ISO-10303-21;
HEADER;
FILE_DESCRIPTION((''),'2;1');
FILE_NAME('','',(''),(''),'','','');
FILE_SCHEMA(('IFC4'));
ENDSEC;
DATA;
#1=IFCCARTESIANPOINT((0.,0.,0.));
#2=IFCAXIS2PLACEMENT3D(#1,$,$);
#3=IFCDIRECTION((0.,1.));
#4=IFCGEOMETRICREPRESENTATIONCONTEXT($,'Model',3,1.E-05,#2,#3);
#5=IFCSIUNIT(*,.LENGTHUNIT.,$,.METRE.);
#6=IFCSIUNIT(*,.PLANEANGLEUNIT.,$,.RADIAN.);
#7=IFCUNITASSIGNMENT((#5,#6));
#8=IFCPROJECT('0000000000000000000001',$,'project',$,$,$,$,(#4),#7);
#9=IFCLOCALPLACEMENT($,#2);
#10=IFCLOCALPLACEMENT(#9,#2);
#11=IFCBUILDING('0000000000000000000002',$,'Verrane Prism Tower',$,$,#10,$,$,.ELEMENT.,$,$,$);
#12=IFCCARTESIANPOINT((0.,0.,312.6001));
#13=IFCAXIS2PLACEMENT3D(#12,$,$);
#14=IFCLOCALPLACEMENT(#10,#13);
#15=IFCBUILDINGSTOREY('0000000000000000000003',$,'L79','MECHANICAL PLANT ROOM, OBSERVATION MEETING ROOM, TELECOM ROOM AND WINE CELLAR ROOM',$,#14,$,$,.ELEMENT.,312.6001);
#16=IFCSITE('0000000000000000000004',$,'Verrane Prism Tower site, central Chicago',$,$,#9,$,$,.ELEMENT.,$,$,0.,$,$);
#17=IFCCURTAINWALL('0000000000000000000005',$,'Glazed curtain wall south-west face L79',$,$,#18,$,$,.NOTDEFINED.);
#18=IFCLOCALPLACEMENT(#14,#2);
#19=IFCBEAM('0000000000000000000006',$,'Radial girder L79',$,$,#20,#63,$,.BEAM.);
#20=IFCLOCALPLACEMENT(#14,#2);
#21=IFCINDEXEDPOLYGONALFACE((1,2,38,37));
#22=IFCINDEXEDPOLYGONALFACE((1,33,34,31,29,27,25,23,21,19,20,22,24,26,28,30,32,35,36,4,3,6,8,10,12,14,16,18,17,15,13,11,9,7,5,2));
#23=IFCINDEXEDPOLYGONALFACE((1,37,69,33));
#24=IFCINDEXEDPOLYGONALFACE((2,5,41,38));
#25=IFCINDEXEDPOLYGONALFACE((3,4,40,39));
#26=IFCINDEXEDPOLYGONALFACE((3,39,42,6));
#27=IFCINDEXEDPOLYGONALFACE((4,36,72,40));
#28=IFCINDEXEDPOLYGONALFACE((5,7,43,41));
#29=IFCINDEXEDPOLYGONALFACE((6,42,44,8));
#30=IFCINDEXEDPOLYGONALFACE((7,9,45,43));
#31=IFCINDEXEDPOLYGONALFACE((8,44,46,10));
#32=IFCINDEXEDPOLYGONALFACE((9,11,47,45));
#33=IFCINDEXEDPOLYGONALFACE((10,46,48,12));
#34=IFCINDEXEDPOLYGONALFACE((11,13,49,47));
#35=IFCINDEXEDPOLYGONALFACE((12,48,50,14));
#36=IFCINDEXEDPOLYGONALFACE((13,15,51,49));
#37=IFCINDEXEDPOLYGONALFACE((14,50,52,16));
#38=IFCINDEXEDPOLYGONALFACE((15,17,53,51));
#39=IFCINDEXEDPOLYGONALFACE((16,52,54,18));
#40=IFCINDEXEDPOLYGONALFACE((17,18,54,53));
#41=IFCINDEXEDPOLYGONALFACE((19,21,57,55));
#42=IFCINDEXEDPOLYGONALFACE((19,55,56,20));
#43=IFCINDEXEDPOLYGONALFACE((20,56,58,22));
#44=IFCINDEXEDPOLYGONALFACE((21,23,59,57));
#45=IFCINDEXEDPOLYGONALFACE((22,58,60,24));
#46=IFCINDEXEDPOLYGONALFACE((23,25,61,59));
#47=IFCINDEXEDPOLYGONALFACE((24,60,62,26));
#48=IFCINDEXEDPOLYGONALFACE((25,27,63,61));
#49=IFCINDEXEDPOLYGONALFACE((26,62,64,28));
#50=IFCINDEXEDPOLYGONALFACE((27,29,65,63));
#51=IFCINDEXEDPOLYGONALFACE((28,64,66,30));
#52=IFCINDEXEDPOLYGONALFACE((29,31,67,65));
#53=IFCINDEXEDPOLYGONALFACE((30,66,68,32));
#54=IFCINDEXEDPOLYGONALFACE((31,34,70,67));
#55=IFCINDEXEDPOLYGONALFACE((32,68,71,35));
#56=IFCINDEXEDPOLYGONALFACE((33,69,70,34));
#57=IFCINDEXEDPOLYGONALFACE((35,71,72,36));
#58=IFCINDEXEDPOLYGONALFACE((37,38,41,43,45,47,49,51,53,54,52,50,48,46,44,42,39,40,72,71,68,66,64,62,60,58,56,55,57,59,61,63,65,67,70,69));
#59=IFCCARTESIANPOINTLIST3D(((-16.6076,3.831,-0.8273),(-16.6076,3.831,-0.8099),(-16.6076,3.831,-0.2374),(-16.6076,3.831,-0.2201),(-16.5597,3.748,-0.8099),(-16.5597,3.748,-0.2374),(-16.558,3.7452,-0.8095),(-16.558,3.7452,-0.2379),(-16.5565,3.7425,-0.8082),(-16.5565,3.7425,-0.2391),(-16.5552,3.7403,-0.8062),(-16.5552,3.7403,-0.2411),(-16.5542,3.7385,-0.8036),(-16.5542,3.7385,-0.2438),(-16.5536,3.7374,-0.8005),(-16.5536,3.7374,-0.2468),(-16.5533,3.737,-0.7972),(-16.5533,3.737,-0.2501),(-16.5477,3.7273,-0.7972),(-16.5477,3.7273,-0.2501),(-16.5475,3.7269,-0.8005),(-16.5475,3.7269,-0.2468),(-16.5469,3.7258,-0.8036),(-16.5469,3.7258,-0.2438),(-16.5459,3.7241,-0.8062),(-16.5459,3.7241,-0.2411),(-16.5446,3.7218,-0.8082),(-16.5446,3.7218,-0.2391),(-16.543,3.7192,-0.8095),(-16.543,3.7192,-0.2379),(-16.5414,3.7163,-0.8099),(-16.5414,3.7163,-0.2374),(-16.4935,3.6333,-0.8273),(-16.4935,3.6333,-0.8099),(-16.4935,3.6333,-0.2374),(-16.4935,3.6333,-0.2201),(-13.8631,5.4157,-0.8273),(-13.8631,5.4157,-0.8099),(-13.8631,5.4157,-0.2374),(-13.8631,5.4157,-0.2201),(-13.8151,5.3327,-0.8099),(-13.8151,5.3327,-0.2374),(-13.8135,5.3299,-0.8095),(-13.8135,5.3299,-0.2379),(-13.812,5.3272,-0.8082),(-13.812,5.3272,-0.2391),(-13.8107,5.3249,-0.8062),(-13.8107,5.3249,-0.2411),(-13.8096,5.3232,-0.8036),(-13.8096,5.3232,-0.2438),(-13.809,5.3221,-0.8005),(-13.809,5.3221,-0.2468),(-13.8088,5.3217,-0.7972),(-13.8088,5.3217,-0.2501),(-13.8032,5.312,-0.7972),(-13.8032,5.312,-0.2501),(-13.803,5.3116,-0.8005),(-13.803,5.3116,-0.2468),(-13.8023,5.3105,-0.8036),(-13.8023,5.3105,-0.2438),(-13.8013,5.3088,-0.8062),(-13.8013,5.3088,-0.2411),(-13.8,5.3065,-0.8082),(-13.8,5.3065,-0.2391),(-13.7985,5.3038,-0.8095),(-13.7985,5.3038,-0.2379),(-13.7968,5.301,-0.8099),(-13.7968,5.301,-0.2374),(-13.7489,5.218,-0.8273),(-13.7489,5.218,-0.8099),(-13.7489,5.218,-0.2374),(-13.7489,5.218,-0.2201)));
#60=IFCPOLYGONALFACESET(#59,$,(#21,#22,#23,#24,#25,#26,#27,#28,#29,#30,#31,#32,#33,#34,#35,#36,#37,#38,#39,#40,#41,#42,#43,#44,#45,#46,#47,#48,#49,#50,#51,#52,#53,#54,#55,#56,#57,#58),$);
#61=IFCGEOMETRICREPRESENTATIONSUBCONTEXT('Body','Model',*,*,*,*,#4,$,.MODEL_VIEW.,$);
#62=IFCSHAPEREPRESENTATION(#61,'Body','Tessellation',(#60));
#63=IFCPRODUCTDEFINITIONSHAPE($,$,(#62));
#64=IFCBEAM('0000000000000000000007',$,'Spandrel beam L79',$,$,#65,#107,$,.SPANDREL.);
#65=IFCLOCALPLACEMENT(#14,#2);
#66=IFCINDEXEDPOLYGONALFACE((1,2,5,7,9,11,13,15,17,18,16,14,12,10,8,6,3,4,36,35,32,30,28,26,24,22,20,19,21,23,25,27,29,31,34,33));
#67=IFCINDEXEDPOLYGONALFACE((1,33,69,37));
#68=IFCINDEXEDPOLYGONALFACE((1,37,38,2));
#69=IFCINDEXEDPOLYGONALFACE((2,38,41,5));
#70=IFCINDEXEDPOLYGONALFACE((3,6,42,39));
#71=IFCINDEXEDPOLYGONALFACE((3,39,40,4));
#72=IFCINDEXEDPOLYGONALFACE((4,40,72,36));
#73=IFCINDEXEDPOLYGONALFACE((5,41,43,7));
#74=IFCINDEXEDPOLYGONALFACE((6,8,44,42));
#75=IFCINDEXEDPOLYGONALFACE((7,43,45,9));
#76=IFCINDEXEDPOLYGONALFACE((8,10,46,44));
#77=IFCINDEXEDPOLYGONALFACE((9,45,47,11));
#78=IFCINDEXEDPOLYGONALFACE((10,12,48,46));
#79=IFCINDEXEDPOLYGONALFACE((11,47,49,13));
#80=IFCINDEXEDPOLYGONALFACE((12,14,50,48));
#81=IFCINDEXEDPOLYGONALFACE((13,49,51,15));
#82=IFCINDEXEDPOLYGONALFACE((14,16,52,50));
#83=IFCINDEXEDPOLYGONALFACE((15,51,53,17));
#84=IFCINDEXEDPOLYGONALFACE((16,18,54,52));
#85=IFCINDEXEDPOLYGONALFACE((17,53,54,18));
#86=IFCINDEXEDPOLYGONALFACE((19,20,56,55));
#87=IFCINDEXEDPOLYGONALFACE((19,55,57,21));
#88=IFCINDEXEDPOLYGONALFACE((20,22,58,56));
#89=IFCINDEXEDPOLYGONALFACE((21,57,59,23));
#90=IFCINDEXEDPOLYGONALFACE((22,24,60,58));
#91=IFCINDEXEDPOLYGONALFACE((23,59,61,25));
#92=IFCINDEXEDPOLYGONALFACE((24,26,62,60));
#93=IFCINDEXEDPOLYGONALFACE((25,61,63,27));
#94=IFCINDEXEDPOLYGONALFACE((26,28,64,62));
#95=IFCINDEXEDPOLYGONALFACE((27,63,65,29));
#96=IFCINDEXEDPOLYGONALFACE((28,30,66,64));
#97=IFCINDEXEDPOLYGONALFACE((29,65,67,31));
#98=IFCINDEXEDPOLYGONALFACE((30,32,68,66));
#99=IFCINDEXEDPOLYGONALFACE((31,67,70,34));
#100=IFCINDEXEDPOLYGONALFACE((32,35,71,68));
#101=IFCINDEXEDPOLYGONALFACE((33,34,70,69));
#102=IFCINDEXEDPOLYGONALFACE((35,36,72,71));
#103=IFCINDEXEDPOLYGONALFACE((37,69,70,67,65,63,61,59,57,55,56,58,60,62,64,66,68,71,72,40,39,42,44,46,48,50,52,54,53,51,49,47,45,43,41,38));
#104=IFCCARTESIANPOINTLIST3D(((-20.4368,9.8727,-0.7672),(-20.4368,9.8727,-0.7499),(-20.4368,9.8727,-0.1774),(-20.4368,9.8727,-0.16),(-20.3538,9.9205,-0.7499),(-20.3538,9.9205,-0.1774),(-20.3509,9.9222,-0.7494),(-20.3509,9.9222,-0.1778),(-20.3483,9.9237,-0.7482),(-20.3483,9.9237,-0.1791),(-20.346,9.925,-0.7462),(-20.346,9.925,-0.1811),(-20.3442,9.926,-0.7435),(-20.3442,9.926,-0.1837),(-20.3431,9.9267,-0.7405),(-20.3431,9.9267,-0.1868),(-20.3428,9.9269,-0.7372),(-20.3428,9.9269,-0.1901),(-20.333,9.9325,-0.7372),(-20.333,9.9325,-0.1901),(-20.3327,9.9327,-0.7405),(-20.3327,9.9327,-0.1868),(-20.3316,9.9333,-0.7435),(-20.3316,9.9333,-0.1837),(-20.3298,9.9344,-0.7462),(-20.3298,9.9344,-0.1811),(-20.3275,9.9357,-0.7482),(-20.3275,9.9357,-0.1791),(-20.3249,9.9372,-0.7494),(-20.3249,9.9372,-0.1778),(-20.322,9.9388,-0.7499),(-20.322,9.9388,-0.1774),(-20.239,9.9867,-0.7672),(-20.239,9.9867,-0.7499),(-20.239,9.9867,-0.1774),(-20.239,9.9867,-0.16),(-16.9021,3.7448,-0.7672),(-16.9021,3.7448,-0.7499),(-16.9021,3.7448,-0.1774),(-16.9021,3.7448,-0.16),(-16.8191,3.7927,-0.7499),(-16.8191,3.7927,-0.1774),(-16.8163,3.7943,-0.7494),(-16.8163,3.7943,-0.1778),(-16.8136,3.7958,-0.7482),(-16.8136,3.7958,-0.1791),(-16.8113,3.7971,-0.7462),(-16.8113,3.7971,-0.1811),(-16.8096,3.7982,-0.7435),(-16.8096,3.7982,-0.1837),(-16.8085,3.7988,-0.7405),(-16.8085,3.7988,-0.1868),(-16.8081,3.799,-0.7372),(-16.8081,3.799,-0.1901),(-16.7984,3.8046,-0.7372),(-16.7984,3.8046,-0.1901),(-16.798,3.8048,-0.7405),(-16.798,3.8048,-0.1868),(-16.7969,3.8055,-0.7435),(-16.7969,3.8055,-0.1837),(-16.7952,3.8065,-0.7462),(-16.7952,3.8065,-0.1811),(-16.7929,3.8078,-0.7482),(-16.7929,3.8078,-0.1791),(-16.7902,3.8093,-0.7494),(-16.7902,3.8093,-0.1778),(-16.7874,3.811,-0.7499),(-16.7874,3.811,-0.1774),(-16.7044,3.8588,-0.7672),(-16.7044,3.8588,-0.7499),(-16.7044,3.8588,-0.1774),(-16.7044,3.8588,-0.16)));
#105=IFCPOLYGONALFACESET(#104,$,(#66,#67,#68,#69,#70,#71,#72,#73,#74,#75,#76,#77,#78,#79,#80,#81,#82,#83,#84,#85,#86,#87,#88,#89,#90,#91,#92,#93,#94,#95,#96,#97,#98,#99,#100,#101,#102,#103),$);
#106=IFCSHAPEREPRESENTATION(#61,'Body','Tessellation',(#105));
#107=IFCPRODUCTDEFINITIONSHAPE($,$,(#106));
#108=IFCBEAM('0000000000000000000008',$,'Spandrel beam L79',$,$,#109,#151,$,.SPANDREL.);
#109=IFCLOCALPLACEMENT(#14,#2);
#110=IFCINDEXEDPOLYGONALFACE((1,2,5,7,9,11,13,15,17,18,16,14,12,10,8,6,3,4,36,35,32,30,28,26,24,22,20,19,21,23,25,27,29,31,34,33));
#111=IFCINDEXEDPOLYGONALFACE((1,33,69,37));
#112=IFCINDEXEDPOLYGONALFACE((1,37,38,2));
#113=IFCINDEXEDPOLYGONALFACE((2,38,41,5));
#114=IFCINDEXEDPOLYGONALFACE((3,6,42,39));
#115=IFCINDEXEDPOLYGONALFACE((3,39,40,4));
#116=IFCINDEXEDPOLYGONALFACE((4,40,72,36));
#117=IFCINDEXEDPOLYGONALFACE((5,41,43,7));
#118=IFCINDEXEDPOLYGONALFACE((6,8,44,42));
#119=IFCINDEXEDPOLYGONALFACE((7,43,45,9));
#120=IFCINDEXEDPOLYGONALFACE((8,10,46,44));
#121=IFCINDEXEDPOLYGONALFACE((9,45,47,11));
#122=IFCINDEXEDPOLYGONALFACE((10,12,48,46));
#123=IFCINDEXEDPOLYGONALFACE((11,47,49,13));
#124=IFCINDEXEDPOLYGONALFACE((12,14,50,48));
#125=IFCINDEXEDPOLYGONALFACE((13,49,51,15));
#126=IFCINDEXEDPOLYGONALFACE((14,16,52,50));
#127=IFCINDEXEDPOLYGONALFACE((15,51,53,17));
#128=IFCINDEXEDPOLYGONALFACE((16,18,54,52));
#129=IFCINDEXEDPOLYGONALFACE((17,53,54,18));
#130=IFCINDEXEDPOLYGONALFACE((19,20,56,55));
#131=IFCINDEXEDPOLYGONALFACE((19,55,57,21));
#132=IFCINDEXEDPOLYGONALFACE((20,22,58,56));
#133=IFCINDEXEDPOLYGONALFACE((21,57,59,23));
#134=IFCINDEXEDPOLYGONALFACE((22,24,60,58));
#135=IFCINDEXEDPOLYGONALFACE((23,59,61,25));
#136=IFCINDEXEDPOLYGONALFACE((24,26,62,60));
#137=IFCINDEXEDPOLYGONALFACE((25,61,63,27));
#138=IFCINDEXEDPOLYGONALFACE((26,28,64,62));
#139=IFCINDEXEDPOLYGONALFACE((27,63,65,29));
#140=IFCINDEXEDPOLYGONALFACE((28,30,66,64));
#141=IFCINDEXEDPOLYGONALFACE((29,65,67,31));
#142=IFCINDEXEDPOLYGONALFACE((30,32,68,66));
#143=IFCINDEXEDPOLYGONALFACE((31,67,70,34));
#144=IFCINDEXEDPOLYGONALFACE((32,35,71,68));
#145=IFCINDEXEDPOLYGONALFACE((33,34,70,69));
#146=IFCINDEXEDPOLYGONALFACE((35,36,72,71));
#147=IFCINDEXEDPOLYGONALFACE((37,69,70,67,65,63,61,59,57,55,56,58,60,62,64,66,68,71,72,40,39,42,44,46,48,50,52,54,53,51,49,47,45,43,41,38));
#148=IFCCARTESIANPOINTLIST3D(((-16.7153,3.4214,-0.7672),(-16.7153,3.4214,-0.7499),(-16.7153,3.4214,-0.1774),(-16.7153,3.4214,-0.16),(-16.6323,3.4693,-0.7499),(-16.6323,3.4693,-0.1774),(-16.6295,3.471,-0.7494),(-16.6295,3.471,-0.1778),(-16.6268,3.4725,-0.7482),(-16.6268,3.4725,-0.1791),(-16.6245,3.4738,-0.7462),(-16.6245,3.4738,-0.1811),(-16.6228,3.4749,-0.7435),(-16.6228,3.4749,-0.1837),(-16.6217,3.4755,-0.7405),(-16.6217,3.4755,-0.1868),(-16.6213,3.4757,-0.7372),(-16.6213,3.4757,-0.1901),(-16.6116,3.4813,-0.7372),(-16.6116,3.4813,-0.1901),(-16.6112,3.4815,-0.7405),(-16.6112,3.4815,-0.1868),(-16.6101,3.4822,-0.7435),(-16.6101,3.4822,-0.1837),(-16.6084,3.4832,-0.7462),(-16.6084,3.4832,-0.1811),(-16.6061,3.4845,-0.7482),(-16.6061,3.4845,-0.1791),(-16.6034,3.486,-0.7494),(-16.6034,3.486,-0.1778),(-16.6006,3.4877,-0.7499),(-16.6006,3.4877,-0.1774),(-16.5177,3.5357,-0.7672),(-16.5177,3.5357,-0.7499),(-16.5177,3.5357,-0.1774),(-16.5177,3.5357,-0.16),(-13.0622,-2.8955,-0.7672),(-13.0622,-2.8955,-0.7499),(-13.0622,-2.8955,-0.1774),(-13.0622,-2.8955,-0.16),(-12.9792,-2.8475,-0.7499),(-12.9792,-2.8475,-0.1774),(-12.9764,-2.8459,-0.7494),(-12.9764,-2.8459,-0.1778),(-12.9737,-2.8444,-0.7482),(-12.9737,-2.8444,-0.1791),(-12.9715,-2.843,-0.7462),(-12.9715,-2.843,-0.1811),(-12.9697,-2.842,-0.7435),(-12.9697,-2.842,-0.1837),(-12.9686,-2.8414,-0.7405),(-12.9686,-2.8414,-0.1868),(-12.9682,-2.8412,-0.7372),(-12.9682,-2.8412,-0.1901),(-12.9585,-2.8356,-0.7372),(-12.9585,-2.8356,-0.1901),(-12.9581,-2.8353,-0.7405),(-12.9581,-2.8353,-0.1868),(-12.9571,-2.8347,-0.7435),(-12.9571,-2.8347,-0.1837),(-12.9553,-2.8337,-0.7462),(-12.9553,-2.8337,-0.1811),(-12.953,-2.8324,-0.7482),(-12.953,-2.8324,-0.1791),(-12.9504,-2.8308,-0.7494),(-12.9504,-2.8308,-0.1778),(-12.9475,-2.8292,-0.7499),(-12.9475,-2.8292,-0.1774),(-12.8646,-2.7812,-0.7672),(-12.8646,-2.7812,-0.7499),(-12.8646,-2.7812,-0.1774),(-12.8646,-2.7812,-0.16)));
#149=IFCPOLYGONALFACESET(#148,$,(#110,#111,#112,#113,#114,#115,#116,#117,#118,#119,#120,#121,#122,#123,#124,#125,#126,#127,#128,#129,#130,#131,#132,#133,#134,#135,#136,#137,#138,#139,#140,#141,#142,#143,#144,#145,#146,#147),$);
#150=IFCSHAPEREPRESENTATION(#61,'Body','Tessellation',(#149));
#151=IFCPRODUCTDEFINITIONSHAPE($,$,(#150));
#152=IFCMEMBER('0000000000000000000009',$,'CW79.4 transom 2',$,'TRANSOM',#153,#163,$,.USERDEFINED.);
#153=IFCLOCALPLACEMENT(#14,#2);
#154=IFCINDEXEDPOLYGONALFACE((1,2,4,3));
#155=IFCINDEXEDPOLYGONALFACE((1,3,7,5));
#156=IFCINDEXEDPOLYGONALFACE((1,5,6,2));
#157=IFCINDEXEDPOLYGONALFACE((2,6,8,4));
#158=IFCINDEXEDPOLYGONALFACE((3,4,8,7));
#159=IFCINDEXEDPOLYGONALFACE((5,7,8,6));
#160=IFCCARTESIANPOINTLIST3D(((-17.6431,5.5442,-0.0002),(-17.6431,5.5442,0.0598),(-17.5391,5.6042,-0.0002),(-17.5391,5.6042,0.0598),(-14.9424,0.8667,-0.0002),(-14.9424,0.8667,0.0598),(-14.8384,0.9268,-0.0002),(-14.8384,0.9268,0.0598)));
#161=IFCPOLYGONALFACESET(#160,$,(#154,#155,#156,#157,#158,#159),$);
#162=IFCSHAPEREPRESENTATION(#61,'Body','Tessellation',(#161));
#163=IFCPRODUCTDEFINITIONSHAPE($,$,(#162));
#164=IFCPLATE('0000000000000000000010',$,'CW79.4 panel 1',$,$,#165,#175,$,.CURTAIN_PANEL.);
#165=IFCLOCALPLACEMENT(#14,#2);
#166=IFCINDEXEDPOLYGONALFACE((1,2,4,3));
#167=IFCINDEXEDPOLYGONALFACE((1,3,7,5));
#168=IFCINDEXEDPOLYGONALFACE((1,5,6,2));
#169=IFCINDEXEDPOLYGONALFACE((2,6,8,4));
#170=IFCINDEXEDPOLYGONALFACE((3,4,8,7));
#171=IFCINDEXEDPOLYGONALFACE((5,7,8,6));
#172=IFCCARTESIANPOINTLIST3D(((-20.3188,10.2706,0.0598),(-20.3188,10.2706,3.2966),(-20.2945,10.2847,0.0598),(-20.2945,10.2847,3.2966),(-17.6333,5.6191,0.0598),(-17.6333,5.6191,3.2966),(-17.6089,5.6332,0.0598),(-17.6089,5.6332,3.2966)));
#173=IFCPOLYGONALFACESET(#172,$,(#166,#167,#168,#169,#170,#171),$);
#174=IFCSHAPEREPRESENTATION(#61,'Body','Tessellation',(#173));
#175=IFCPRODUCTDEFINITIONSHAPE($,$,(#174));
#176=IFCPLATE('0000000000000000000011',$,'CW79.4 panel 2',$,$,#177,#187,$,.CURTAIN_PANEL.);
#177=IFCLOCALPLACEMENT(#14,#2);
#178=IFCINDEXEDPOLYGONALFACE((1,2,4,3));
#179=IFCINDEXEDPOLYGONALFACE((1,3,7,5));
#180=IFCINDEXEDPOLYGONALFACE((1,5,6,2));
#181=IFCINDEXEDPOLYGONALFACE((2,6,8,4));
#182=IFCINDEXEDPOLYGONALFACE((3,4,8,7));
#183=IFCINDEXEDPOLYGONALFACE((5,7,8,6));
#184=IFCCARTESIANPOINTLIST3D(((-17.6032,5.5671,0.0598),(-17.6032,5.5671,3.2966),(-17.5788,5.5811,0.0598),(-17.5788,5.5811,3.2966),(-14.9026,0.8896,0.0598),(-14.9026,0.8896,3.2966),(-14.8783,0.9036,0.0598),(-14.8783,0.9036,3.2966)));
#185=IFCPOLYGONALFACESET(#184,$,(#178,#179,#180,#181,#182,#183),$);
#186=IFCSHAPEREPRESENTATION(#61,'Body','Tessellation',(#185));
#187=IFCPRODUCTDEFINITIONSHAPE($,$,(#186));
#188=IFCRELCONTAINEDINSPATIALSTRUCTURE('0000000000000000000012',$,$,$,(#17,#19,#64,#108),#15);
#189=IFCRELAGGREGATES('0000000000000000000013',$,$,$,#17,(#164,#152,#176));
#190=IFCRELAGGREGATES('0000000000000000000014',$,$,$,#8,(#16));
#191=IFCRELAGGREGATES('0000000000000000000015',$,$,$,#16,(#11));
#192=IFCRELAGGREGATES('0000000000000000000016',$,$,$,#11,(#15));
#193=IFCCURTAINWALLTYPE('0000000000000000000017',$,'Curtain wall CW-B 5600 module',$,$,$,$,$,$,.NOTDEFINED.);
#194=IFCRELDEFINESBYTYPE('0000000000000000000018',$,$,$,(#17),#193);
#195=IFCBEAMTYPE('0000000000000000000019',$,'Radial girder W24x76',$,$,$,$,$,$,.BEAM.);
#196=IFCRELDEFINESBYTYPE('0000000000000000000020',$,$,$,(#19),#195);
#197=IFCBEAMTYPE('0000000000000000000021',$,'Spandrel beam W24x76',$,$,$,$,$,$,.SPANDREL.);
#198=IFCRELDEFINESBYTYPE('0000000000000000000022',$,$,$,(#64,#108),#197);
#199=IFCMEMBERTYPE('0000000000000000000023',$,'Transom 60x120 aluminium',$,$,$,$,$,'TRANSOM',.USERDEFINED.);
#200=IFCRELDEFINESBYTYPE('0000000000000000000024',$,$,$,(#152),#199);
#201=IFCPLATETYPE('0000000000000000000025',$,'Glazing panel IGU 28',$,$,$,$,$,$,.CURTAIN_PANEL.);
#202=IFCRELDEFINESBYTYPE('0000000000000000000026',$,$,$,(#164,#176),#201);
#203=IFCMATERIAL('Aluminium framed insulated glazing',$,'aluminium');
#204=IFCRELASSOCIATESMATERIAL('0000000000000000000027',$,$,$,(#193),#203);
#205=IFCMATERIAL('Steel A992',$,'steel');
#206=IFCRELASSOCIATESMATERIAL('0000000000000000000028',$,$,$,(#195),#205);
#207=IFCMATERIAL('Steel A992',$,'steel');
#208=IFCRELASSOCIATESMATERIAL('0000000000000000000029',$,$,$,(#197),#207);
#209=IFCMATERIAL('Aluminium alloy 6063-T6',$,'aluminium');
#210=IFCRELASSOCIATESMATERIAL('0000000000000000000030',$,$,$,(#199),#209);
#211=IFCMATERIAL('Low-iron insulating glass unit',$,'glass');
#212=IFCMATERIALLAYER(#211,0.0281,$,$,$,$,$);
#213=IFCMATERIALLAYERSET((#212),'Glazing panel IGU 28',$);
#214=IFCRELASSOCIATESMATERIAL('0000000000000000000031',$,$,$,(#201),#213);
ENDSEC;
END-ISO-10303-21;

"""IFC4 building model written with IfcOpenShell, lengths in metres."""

from ifc_helpers import new_model, si_unit, direction, frame, origin, origin_2d, place, context, subcontext, project, spatial, rectangle, i_section, extrude, material, layer, layer_set, material_profile, profile_set, type_object, element, aggregate, save


model = new_model("IFC4")

# Units and contexts
model_context = context("Model", 3, precision=1e-05, world=origin(), true_north=direction((0.0, 1.0)))
body_context = subcontext(model_context, "Body", "Model", "MODEL_VIEW")
ifc_project = project(units=[si_unit("LENGTHUNIT", "METRE"), si_unit("PLANEANGLEUNIT", "RADIAN")], contexts=[model_context])

# Site, building, storey
site_placement = place(None, origin())
site = spatial("IfcSite", under=ifc_project, at=site_placement, Name="Verrane Prism Tower site, central Chicago", CompositionType="ELEMENT", RefElevation=0.0)
building_placement = place(site_placement, origin())
building = spatial("IfcBuilding", under=site, at=building_placement, Name="Verrane Prism Tower", CompositionType="ELEMENT")
storey_placement = place(building_placement, frame((0.0, 0.0, 312.6001)))
storey = spatial("IfcBuildingStorey", under=building, at=storey_placement, Name="L79", Description="MECHANICAL PLANT ROOM, OBSERVATION MEETING ROOM, TELECOM ROOM AND WINE CELLAR ROOM", CompositionType="ELEMENT", Elevation=312.6001)

# Curtain wall
ifc_material_1 = material(Name="Aluminium framed insulated glazing", Category="aluminium")
curtain_wall_type = type_object("IfcCurtainWallType", Name="Curtain wall CW-B 5600 module", PredefinedType="NOTDEFINED", material=ifc_material_1)
curtain_wall_placement = place(storey_placement, origin())
curtain_wall = element("IfcCurtainWall", 1, at=curtain_wall_placement, inside=storey, type_object=curtain_wall_type, Name="Glazed curtain wall south-west face L79", PredefinedType="NOTDEFINED")

# Beams
ifc_material_2 = material(Name="Steel A992", Category="steel")
ifc_material_profile_1 = material_profile(ifc_material_2, i_section(OverallWidth=0.2283, OverallDepth=0.6072, WebThickness=0.0112, FlangeThickness=0.0173, FilletRadius=0.0127, at=origin_2d()), Name="W24x76")
ifc_profile_set_1 = profile_set([ifc_material_profile_1], Name="Steel A992")
beam_type_1 = type_object("IfcBeamType", Name="Radial girder W24x76", PredefinedType="BEAM", material=ifc_profile_set_1)
beam_1_placement = place(storey_placement, frame((-16.5505, 3.7322, -0.5237), z_axis=(0.866011, 0.500025, 0.0), x_axis=(-0.500025, 0.866011, 0.0)))
element("IfcBeam", 2, at=beam_1_placement, inside=storey, type_object=beam_type_1, Name="Radial girder L79", PredefinedType="BEAM", context=body_context, shape_type="SweptSolid", body=[
    extrude(i_section(OverallWidth=0.2283, OverallDepth=0.6072, WebThickness=0.0112, FlangeThickness=0.0173, FilletRadius=0.0127, at=origin_2d()), origin(), (0.0, 0.0, 1.0), 3.1692),
])
ifc_material_3 = material(Name="Steel A992", Category="steel")
ifc_material_profile_2 = material_profile(ifc_material_3, i_section(OverallWidth=0.2283, OverallDepth=0.6072, WebThickness=0.0112, FlangeThickness=0.0173, FilletRadius=0.0127, at=origin_2d()), Name="W24x76")
ifc_profile_set_2 = profile_set([ifc_material_profile_2], Name="Steel A992")
beam_type_2 = type_object("IfcBeamType", Name="Spandrel beam W24x76", PredefinedType="SPANDREL", material=ifc_profile_set_2)
beam_2_placement = place(storey_placement, frame((-20.3379, 9.9297, -0.4636), z_axis=(0.499651, -0.866227, 0.0), x_axis=(0.866227, 0.499651, 0.0)))
element("IfcBeam", 3, at=beam_2_placement, inside=storey, type_object=beam_type_2, Name="Spandrel beam L79", PredefinedType="SPANDREL", context=body_context, shape_type="SweptSolid", body=[
    extrude(i_section(OverallWidth=0.2283, OverallDepth=0.6072, WebThickness=0.0112, FlangeThickness=0.0173, FilletRadius=0.0127, at=origin_2d()), origin(), (0.0, 0.0, 1.0), 7.0742),
])
beam_3_placement = place(storey_placement, frame((-16.6165, 3.4785, -0.4636), z_axis=(0.500618, -0.865668, 0.0), x_axis=(0.865668, 0.500618, 0.0)))
element("IfcBeam", 4, at=beam_3_placement, inside=storey, type_object=beam_type_2, Name="Spandrel beam L79", PredefinedType="SPANDREL", context=body_context, shape_type="SweptSolid", body=[
    extrude(i_section(OverallWidth=0.2283, OverallDepth=0.6072, WebThickness=0.0112, FlangeThickness=0.0173, FilletRadius=0.0127, at=origin_2d()), origin(), (0.0, 0.0, 1.0), 7.2971),
])

# Member
ifc_material_4 = material(Name="Aluminium alloy 6063-T6", Category="aluminium")
ifc_material_profile_3 = material_profile(ifc_material_4, rectangle(XDim=0.1201, YDim=0.0601, at=origin_2d()), Name="Transom 60x120 aluminium")
ifc_profile_set_3 = profile_set([ifc_material_profile_3], Name="Aluminium alloy 6063-T6")
member_type_1 = type_object("IfcMemberType", Name="Transom 60x120 aluminium", ElementType="TRANSOM", PredefinedType="USERDEFINED", material=ifc_profile_set_3)
member_1_placement = place(storey_placement, frame((-17.5911, 5.5742, 0.0298), z_axis=(0.500019, -0.866015, 0.0), x_axis=(0.866015, 0.500019, 0.0)))
member_1 = element("IfcMember", 5, at=member_1_placement, type_object=member_type_1, Name="CW79.4 transom 2", ObjectType="TRANSOM", PredefinedType="USERDEFINED", context=body_context, shape_type="SweptSolid", body=[
    extrude(rectangle(XDim=0.1201, YDim=0.0601, at=origin_2d()), origin(), (0.0, 0.0, 1.0), 5.4011),
])

# Plates
ifc_material_5 = material(Name="Low-iron insulating glass unit", Category="glass")
ifc_layer_1 = layer(ifc_material_5, 0.0281)
ifc_layer_set_1 = layer_set([ifc_layer_1], Name="Glazing panel IGU 28")
plate_type = type_object("IfcPlateType", Name="Glazing panel IGU 28", PredefinedType="CURTAIN_PANEL", material=ifc_layer_set_1)
plate_1_placement = place(storey_placement, frame((-18.9639, 7.9519, 0.0598), z_axis=(0.0, 0.0, 1.0), x_axis=(0.5, -0.866025, 0.0)))
plate_1 = element("IfcPlate", 6, at=plate_1_placement, type_object=plate_type, Name="CW79.4 panel 1", PredefinedType="CURTAIN_PANEL", context=body_context, shape_type="SweptSolid", body=[
    extrude(rectangle(XDim=5.3711, YDim=0.0281, at=origin_2d()), origin(), (0.0, 0.0, 1.0), 3.2368),
])
plate_2_placement = place(storey_placement, frame((-16.2407, 3.2354, 0.0598), z_axis=(0.0, 0.0, 1.0), x_axis=(0.5, -0.866025, 0.0)))
plate_2 = element("IfcPlate", 7, at=plate_2_placement, type_object=plate_type, Name="CW79.4 panel 2", PredefinedType="CURTAIN_PANEL", context=body_context, shape_type="SweptSolid", body=[
    extrude(rectangle(XDim=5.4011, YDim=0.0281, at=origin_2d()), origin(), (0.0, 0.0, 1.0), 3.2368),
])
aggregate(curtain_wall, [plate_1, member_1, plate_2])

save(model, "model.ifc")
